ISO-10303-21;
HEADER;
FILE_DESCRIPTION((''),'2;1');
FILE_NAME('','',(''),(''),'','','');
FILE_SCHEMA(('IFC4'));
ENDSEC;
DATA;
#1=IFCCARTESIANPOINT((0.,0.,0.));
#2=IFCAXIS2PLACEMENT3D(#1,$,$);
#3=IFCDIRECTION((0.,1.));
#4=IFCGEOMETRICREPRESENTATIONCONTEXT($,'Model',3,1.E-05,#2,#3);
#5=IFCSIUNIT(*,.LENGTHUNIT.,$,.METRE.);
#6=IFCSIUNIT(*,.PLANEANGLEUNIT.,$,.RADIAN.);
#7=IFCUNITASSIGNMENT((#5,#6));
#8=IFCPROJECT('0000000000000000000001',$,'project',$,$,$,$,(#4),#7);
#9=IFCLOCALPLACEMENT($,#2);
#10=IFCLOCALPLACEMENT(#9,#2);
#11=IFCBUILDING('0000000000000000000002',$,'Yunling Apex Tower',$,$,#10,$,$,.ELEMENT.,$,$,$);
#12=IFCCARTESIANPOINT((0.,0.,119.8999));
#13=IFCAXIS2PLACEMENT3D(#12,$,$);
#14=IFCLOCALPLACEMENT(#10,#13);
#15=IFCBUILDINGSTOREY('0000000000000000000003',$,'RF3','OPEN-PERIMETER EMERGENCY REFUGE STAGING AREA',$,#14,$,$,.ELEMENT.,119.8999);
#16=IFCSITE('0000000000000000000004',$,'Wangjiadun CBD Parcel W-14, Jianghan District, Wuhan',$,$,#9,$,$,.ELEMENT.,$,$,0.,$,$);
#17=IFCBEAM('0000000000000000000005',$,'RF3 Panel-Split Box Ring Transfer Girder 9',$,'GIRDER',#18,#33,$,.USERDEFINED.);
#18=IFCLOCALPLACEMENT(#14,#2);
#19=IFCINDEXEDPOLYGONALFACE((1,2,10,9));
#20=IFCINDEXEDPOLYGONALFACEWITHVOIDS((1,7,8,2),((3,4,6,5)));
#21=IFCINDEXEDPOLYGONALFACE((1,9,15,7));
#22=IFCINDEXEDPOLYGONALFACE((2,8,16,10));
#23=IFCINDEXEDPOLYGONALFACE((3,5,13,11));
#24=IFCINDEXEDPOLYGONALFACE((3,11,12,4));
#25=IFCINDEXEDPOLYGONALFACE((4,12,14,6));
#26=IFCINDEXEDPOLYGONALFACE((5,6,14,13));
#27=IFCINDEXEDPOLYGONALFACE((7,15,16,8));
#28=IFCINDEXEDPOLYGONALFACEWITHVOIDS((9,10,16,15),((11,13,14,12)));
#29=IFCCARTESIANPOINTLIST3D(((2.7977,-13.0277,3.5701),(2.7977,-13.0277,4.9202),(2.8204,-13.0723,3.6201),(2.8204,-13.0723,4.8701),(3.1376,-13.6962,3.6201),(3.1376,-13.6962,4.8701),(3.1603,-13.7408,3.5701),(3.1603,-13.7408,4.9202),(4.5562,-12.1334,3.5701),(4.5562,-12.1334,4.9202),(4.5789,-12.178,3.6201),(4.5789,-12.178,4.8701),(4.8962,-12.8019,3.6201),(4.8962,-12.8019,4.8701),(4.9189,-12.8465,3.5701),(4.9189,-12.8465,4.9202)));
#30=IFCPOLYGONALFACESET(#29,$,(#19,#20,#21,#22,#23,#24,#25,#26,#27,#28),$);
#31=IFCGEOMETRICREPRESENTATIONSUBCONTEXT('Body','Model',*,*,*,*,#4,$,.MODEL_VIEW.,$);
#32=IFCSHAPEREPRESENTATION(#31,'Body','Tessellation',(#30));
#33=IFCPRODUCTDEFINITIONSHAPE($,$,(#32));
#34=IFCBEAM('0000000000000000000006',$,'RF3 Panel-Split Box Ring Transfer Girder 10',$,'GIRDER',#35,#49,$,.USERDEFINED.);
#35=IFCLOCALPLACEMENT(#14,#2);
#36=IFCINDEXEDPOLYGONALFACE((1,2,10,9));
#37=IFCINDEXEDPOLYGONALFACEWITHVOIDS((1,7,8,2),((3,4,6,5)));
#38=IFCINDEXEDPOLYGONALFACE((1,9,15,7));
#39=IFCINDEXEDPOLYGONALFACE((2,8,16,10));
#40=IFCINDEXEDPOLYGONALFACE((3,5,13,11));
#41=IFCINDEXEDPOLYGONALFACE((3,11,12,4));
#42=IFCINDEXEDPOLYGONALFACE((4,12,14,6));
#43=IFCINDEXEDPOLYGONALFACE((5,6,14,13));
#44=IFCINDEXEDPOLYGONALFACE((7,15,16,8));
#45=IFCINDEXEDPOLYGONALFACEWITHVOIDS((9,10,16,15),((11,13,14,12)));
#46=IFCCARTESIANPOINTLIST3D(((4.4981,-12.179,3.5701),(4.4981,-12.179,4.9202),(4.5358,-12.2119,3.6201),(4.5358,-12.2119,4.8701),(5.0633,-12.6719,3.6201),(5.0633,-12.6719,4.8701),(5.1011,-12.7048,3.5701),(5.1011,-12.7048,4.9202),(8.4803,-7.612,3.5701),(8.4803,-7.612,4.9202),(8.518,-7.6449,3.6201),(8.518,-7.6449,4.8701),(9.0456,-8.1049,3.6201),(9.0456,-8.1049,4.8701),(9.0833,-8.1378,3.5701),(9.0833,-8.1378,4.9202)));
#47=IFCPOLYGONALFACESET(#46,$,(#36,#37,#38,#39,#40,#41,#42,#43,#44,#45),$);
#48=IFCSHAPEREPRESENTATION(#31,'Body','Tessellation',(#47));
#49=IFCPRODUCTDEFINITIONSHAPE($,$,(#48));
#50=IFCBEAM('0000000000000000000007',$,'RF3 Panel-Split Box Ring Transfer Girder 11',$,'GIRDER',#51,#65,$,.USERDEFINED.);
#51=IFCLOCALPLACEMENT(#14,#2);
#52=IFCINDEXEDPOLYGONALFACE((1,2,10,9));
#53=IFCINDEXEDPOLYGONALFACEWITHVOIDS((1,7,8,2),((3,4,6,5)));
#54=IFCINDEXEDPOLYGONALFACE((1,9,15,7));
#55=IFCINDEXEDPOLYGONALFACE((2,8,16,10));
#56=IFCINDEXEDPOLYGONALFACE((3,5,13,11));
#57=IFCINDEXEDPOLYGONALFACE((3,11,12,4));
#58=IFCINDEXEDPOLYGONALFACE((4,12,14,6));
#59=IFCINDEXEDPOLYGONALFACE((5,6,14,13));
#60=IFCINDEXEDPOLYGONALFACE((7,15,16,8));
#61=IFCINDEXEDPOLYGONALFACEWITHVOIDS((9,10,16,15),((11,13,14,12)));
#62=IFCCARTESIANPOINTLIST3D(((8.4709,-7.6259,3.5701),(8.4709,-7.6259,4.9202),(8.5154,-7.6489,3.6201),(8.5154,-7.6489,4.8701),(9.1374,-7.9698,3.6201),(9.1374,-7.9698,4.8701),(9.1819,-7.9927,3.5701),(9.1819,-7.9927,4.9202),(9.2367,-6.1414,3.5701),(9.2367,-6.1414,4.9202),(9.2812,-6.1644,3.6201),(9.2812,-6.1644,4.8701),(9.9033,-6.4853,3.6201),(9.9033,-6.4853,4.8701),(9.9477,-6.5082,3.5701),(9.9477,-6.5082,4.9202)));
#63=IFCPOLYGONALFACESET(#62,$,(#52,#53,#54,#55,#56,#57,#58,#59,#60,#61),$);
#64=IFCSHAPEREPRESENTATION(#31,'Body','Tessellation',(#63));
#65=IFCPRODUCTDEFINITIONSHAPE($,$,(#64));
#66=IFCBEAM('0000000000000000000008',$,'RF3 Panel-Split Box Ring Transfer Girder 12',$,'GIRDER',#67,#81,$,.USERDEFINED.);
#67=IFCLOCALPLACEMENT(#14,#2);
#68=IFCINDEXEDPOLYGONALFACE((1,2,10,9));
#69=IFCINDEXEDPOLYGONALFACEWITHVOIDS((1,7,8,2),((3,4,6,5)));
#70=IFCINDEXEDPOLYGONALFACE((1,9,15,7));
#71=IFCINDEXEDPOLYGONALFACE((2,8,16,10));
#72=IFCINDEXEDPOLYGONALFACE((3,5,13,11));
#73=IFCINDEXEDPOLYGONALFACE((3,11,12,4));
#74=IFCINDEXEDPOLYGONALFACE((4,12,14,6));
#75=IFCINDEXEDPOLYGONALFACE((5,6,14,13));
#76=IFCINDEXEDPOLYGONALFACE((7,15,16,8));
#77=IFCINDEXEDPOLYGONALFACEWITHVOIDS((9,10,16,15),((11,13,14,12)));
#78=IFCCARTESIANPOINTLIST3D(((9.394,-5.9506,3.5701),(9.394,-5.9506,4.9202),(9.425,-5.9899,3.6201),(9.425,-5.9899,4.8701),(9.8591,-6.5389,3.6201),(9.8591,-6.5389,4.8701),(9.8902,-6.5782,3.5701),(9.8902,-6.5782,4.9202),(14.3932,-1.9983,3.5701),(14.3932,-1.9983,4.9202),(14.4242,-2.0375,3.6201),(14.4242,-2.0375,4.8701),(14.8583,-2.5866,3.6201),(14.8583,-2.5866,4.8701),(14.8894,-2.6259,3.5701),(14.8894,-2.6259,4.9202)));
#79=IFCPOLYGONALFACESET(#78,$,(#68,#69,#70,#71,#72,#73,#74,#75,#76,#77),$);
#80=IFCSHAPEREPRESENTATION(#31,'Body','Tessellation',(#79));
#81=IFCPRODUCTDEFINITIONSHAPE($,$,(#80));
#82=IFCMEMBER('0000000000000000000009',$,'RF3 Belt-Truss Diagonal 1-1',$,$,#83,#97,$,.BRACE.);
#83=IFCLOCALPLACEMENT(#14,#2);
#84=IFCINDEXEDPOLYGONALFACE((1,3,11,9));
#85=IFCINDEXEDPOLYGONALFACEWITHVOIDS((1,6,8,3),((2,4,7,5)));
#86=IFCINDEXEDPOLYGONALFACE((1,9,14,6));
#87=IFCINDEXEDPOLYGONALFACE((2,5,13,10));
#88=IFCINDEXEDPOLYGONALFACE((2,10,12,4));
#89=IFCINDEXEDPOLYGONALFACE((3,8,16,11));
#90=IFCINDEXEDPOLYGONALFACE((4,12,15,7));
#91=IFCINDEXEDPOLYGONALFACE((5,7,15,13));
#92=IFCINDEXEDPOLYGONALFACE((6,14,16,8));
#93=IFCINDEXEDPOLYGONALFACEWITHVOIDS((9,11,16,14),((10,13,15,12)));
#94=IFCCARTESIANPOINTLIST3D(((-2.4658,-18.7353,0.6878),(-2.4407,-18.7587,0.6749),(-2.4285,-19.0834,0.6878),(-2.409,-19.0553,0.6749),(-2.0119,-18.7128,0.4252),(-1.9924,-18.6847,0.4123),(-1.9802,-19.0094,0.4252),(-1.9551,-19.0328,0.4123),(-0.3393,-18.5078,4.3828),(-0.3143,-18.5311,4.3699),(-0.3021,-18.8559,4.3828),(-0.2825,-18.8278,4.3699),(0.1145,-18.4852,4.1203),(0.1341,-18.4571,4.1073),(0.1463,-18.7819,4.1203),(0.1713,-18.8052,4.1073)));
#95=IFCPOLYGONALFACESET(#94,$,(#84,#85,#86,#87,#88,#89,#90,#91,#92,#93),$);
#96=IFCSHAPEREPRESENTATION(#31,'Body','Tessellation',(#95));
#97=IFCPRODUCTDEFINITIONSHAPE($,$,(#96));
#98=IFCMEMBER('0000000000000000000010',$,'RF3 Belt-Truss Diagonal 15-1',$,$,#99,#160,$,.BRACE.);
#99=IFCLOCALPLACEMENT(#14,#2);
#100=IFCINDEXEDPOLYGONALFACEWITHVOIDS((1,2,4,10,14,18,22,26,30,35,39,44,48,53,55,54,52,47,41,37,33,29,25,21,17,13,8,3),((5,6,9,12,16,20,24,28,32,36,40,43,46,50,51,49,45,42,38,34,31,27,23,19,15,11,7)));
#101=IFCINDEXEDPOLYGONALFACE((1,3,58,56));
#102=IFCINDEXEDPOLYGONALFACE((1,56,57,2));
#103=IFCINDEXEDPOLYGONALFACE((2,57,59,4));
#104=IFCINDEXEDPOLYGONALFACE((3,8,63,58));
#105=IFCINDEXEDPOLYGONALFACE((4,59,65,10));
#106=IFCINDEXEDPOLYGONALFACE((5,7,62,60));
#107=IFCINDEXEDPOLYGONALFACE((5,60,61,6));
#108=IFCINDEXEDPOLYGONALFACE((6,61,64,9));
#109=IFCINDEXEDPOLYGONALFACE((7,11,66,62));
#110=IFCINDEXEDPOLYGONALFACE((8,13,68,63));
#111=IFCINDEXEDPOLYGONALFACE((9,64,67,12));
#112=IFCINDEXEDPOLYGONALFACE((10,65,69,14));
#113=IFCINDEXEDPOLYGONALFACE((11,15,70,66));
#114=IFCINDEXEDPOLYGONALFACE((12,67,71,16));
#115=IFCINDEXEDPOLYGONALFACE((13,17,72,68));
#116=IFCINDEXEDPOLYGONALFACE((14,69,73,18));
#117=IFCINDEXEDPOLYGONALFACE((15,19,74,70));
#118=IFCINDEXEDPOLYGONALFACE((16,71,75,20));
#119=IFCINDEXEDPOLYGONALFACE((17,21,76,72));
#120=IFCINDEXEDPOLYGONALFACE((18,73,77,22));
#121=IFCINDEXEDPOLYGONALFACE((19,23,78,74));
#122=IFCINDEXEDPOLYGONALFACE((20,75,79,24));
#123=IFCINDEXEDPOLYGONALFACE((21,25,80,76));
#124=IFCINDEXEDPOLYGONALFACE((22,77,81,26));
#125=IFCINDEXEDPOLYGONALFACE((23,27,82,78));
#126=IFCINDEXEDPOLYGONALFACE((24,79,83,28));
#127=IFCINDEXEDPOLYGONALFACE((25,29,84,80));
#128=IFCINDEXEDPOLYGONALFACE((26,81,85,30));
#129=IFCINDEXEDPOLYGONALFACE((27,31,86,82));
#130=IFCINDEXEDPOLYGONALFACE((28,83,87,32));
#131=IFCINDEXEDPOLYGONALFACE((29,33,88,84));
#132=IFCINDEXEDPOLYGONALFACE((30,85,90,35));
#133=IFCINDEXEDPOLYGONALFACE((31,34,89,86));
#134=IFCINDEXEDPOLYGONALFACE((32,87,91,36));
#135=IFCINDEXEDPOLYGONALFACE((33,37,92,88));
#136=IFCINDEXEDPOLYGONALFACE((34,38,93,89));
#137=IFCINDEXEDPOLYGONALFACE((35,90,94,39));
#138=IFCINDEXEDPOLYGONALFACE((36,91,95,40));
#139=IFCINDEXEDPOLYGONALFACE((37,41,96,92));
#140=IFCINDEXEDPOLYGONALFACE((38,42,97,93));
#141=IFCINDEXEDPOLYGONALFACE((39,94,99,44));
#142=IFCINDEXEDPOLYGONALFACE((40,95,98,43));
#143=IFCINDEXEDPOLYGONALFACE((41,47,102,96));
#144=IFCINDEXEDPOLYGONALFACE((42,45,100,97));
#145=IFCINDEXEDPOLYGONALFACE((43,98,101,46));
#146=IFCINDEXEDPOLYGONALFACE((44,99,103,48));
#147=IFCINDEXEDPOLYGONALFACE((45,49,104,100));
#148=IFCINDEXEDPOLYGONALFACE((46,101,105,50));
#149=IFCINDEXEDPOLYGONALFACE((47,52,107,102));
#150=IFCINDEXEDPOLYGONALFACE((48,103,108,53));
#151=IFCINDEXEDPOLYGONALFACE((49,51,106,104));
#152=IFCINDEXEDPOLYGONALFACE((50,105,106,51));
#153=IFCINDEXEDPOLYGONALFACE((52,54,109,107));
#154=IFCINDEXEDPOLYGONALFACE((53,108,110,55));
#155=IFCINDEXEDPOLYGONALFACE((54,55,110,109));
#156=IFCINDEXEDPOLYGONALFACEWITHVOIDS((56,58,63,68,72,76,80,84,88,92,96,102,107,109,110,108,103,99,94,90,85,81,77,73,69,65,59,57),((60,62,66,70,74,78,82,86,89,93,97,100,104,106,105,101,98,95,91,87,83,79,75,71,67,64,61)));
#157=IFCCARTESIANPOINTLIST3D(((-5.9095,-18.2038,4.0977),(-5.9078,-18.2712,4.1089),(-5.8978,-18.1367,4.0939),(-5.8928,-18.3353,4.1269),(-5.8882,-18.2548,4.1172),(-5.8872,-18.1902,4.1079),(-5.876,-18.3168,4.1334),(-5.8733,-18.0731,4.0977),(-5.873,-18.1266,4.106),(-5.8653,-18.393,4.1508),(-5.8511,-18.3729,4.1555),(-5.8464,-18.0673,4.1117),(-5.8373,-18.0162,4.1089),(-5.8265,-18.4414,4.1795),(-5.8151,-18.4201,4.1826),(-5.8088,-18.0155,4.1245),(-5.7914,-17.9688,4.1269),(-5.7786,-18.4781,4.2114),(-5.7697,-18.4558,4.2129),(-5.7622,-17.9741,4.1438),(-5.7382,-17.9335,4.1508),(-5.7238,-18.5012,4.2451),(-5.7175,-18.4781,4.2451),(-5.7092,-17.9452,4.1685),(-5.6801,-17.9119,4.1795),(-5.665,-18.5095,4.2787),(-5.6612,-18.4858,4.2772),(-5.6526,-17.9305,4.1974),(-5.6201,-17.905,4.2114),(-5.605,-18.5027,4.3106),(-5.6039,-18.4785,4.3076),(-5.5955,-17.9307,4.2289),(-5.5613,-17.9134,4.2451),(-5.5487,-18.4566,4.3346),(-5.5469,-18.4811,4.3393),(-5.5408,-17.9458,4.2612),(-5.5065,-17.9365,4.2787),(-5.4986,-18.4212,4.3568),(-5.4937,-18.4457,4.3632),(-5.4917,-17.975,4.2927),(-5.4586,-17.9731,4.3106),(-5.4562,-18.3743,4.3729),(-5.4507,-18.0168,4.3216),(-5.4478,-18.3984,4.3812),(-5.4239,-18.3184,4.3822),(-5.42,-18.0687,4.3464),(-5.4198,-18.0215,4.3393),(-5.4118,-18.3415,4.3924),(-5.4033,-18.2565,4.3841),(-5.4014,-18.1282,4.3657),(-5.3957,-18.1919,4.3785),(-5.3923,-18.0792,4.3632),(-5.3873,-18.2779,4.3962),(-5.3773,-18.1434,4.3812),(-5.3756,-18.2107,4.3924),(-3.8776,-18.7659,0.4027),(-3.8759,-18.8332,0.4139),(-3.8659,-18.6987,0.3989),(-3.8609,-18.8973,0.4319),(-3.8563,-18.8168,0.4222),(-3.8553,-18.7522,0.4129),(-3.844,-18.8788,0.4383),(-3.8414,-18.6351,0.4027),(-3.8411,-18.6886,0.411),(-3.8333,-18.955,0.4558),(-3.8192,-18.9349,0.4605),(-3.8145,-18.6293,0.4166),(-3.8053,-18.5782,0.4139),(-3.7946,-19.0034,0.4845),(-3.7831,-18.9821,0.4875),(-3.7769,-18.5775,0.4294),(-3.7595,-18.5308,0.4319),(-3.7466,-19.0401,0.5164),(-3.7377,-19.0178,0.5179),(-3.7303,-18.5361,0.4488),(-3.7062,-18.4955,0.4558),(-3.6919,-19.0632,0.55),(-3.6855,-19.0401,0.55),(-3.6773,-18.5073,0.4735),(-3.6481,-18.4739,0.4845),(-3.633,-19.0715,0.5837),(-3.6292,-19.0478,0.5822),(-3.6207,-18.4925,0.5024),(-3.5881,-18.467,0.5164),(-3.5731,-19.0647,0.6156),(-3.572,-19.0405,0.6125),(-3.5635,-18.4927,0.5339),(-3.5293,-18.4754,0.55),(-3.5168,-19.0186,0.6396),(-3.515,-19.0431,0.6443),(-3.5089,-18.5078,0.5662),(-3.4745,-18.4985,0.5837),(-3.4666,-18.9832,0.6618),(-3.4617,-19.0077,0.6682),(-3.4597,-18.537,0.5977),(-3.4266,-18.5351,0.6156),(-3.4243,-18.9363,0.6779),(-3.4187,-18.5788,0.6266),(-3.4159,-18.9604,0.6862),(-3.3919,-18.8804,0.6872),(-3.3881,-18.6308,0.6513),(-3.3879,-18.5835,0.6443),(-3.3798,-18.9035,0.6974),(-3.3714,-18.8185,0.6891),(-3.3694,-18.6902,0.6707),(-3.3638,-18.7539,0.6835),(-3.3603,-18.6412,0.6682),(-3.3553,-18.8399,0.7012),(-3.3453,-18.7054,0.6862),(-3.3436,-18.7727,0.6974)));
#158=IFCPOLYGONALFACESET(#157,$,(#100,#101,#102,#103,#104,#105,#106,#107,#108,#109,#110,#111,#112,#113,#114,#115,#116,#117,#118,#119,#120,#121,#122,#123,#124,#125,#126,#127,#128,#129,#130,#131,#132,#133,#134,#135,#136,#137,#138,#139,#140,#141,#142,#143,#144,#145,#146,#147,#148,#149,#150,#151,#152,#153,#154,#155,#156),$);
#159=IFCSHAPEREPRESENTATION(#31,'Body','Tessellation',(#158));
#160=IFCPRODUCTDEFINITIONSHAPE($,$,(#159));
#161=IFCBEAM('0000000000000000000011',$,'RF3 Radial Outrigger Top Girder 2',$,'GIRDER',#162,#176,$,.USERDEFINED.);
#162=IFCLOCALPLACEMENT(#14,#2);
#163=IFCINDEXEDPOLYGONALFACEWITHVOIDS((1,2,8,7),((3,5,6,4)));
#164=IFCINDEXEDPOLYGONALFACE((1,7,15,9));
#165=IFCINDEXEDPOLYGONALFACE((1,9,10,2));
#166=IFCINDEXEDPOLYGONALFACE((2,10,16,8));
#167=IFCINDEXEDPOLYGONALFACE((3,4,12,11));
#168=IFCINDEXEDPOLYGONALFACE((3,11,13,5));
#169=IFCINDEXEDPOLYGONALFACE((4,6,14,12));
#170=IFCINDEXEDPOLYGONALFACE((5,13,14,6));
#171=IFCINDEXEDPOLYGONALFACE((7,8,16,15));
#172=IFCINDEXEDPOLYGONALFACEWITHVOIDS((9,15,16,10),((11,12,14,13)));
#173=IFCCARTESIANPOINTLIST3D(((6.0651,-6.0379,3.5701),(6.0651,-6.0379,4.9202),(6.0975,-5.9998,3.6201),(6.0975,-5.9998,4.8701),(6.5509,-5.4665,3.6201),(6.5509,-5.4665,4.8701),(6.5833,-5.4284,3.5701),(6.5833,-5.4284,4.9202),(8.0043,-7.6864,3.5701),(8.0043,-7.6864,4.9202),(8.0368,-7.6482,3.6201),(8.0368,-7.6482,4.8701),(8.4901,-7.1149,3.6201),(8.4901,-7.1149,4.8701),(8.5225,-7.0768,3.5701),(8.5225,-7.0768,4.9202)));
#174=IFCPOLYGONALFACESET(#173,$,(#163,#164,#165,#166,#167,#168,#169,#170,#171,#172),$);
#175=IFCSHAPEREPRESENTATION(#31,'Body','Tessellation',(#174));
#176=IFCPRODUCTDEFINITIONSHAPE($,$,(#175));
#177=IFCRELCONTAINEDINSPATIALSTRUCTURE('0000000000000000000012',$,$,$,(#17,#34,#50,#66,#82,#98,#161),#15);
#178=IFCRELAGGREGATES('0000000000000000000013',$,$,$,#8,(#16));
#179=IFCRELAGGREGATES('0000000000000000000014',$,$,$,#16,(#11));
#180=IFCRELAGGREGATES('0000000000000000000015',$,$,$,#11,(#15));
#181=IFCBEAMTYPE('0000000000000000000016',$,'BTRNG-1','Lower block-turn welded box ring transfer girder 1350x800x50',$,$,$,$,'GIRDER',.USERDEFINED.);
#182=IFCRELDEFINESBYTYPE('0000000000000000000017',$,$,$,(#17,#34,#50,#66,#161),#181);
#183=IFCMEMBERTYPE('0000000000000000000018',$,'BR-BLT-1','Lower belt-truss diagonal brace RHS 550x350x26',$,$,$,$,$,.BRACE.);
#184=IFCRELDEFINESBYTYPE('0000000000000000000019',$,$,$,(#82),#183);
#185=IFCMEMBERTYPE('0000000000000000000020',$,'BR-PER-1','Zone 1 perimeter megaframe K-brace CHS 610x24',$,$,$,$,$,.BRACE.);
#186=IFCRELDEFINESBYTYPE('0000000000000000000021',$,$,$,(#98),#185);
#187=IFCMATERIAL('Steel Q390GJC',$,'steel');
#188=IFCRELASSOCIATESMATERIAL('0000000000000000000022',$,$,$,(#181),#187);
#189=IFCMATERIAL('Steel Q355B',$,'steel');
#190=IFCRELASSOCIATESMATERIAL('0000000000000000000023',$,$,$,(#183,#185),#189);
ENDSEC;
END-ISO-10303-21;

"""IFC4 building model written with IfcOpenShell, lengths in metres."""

from ifc_helpers import new_model, si_unit, direction, frame, origin, origin_2d, place, context, subcontext, project, spatial, hollow_rectangle, hollow_circle, extrude, source, transform, mapped, material, material_profile, profile_set, type_object, element, save


model = new_model("IFC4")

# Units and contexts
model_context = context("Model", 3, precision=1e-05, world=origin(), true_north=direction((0.0, 1.0)))
body_context = subcontext(model_context, "Body", "Model", "MODEL_VIEW")
ifc_project = project(units=[si_unit("LENGTHUNIT", "METRE"), si_unit("PLANEANGLEUNIT", "RADIAN")], contexts=[model_context])

# Site, building, storey
site_placement = place(None, origin())
site = spatial("IfcSite", under=ifc_project, at=site_placement, Name="Wangjiadun CBD Parcel W-14, Jianghan District, Wuhan", CompositionType="ELEMENT", RefElevation=0.0)
building_placement = place(site_placement, origin())
building = spatial("IfcBuilding", under=site, at=building_placement, Name="Yunling Apex Tower", CompositionType="ELEMENT")
storey_placement = place(building_placement, frame((0.0, 0.0, 119.8999)))
storey = spatial("IfcBuildingStorey", under=building, at=storey_placement, Name="RF3", Description="OPEN-PERIMETER EMERGENCY REFUGE STAGING AREA", CompositionType="ELEMENT", Elevation=119.8999)

# Shared definitions
ifc_material_1 = material(Name="Steel Q390GJC", Category="steel")

# Beams
ifc_material_profile_1 = material_profile(ifc_material_1, hollow_rectangle(XDim=0.8, YDim=1.3501, WallThickness=0.05, at=origin_2d()))
ifc_profile_set_1 = profile_set([ifc_material_profile_1], Name="Steel Q390GJC")
beam_type = type_object("IfcBeamType", Name="BTRNG-1", Description="Lower block-turn welded box ring transfer girder 1350x800x50", ElementType="GIRDER", PredefinedType="USERDEFINED", material=ifc_profile_set_1)
shared_shape_1 = source(origin(), body_context, "Body", "SweptSolid", [
    extrude(hollow_rectangle(XDim=0.8, YDim=1.3501, WallThickness=0.05, at=origin_2d()), origin(), (0.0, 0.0, 1.0), 1.9729),
])
beam_1_placement = place(storey_placement, frame((2.979, -13.3843, 4.2451), z_axis=(0.891362, 0.453292, 0.0), x_axis=(-0.453292, 0.891362, 0.0)))
element("IfcBeam", 1, at=beam_1_placement, inside=storey, type_object=beam_type, Name="RF3 Panel-Split Box Ring Transfer Girder 9", ObjectType="GIRDER", PredefinedType="USERDEFINED", context=body_context, shape_type="MappedRepresentation", body=[
    mapped(shared_shape_1, transform((0.0, 0.0, 0.0), scale=1.0)),
])
shared_shape_2 = source(origin(), body_context, "Body", "SweptSolid", [
    extrude(hollow_rectangle(XDim=0.8, YDim=1.3501, WallThickness=0.05, at=origin_2d()), origin(), (0.0, 0.0, 1.0), 6.0593),
])
beam_2_placement = place(storey_placement, frame((4.7996, -12.4419, 4.2451), z_axis=(0.657209, 0.753709, 0.0), x_axis=(-0.753709, 0.657209, 0.0)))
element("IfcBeam", 2, at=beam_2_placement, inside=storey, type_object=beam_type, Name="RF3 Panel-Split Box Ring Transfer Girder 10", ObjectType="GIRDER", PredefinedType="USERDEFINED", context=body_context, shape_type="MappedRepresentation", body=[
    mapped(shared_shape_2, transform((0.0, 0.0, 0.0), scale=1.0)),
])
shared_shape_3 = source(origin(), body_context, "Body", "SweptSolid", [
    extrude(hollow_rectangle(XDim=0.8, YDim=1.3501, WallThickness=0.05, at=origin_2d()), origin(), (0.0, 0.0, 1.0), 1.6704),
])
beam_3_placement = place(storey_placement, frame((8.8264, -7.8093, 4.2451), z_axis=(0.45846, 0.888715, 0.0), x_axis=(-0.888715, 0.45846, 0.0)))
element("IfcBeam", 3, at=beam_3_placement, inside=storey, type_object=beam_type, Name="RF3 Panel-Split Box Ring Transfer Girder 11", ObjectType="GIRDER", PredefinedType="USERDEFINED", context=body_context, shape_type="MappedRepresentation", body=[
    mapped(shared_shape_3, transform((0.0, 0.0, 0.0), scale=1.0)),
])
shared_shape_4 = source(origin(), body_context, "Body", "SweptSolid", [
    extrude(hollow_rectangle(XDim=0.8, YDim=1.3501, WallThickness=0.05, at=origin_2d()), origin(), (0.0, 0.0, 1.0), 6.3728),
])
beam_4_placement = place(storey_placement, frame((9.6421, -6.2644, 4.2451), z_axis=(0.784455, 0.620186, 0.0), x_axis=(-0.620186, 0.784455, 0.0)))
element("IfcBeam", 4, at=beam_4_placement, inside=storey, type_object=beam_type, Name="RF3 Panel-Split Box Ring Transfer Girder 12", ObjectType="GIRDER", PredefinedType="USERDEFINED", context=body_context, shape_type="MappedRepresentation", body=[
    mapped(shared_shape_4, transform((0.0, 0.0, 0.0), scale=1.0)),
])

# Members
ifc_material_2 = material(Name="Steel Q355B", Category="steel")
ifc_material_profile_2 = material_profile(ifc_material_2, hollow_rectangle(XDim=0.3501, YDim=0.55, WallThickness=0.0259, at=origin_2d()))
ifc_profile_set_2 = profile_set([ifc_material_profile_2], Name="Steel Q355B")
member_type_1 = type_object("IfcMemberType", Name="BR-BLT-1", Description="Lower belt-truss diagonal brace RHS 550x350x26", PredefinedType="BRACE", material=ifc_profile_set_2)
shared_shape_5 = source(origin(), body_context, "Body", "SweptSolid", [
    extrude(hollow_rectangle(XDim=0.3501, YDim=0.55, WallThickness=0.0259, at=origin_2d()), origin(), (0.0, 0.0, 1.0), 4.2693),
])
member_1_placement = place(storey_placement, frame((-2.2104, -18.884, 0.55), z_axis=(0.49808, 0.053296, 0.865492), x_axis=(-0.106396, 0.994324, 0.0)))
element("IfcMember", 5, at=member_1_placement, inside=storey, type_object=member_type_1, Name="RF3 Belt-Truss Diagonal 1-1", PredefinedType="BRACE", context=body_context, shape_type="MappedRepresentation", body=[
    mapped(shared_shape_5, transform((0.0, 0.0, 0.0), scale=1.0)),
])
ifc_material_profile_3 = material_profile(ifc_material_2, hollow_circle(Radius=0.3049, WallThickness=0.0239, at=origin_2d()))
ifc_profile_set_3 = profile_set([ifc_material_profile_3], Name="Steel Q355B")
member_type_2 = type_object("IfcMemberType", Name="BR-PER-1", Description="Zone 1 perimeter megaframe K-brace CHS 610x24", PredefinedType="BRACE", material=ifc_profile_set_3)
shared_shape_6 = source(origin(), body_context, "Body", "SweptSolid", [
    extrude(hollow_circle(Radius=0.3049, WallThickness=0.0239, at=origin_2d()), origin(), (0.0, 0.0, 1.0), 4.2542),
])
member_2_placement = place(storey_placement, frame((-3.6106, -18.7693, 0.55), z_axis=(-0.47764, 0.132107, 0.868567), x_axis=(-0.266575, -0.963814, 0.0)))
element("IfcMember", 6, at=member_2_placement, inside=storey, type_object=member_type_2, Name="RF3 Belt-Truss Diagonal 15-1", PredefinedType="BRACE", context=body_context, shape_type="MappedRepresentation", body=[
    mapped(shared_shape_6, transform((0.0, 0.0, 0.0), scale=1.0)),
])

# Beam
shared_shape_7 = source(origin(), body_context, "Body", "SweptSolid", [
    extrude(hollow_rectangle(XDim=0.8, YDim=1.3501, WallThickness=0.05, at=origin_2d()), origin(), (0.0, 0.0, 1.0), 2.5452),
])
beam_5_placement = place(storey_placement, frame((6.3242, -5.7332, 4.2451), z_axis=(0.761918, -0.647673, 0.0), x_axis=(0.647673, 0.761918, 0.0)))
element("IfcBeam", 7, at=beam_5_placement, inside=storey, type_object=beam_type, Name="RF3 Radial Outrigger Top Girder 2", ObjectType="GIRDER", PredefinedType="USERDEFINED", context=body_context, shape_type="MappedRepresentation", body=[
    mapped(shared_shape_7, transform((0.0, 0.0, 0.0), scale=1.0)),
])

save(model, "model.ifc")
